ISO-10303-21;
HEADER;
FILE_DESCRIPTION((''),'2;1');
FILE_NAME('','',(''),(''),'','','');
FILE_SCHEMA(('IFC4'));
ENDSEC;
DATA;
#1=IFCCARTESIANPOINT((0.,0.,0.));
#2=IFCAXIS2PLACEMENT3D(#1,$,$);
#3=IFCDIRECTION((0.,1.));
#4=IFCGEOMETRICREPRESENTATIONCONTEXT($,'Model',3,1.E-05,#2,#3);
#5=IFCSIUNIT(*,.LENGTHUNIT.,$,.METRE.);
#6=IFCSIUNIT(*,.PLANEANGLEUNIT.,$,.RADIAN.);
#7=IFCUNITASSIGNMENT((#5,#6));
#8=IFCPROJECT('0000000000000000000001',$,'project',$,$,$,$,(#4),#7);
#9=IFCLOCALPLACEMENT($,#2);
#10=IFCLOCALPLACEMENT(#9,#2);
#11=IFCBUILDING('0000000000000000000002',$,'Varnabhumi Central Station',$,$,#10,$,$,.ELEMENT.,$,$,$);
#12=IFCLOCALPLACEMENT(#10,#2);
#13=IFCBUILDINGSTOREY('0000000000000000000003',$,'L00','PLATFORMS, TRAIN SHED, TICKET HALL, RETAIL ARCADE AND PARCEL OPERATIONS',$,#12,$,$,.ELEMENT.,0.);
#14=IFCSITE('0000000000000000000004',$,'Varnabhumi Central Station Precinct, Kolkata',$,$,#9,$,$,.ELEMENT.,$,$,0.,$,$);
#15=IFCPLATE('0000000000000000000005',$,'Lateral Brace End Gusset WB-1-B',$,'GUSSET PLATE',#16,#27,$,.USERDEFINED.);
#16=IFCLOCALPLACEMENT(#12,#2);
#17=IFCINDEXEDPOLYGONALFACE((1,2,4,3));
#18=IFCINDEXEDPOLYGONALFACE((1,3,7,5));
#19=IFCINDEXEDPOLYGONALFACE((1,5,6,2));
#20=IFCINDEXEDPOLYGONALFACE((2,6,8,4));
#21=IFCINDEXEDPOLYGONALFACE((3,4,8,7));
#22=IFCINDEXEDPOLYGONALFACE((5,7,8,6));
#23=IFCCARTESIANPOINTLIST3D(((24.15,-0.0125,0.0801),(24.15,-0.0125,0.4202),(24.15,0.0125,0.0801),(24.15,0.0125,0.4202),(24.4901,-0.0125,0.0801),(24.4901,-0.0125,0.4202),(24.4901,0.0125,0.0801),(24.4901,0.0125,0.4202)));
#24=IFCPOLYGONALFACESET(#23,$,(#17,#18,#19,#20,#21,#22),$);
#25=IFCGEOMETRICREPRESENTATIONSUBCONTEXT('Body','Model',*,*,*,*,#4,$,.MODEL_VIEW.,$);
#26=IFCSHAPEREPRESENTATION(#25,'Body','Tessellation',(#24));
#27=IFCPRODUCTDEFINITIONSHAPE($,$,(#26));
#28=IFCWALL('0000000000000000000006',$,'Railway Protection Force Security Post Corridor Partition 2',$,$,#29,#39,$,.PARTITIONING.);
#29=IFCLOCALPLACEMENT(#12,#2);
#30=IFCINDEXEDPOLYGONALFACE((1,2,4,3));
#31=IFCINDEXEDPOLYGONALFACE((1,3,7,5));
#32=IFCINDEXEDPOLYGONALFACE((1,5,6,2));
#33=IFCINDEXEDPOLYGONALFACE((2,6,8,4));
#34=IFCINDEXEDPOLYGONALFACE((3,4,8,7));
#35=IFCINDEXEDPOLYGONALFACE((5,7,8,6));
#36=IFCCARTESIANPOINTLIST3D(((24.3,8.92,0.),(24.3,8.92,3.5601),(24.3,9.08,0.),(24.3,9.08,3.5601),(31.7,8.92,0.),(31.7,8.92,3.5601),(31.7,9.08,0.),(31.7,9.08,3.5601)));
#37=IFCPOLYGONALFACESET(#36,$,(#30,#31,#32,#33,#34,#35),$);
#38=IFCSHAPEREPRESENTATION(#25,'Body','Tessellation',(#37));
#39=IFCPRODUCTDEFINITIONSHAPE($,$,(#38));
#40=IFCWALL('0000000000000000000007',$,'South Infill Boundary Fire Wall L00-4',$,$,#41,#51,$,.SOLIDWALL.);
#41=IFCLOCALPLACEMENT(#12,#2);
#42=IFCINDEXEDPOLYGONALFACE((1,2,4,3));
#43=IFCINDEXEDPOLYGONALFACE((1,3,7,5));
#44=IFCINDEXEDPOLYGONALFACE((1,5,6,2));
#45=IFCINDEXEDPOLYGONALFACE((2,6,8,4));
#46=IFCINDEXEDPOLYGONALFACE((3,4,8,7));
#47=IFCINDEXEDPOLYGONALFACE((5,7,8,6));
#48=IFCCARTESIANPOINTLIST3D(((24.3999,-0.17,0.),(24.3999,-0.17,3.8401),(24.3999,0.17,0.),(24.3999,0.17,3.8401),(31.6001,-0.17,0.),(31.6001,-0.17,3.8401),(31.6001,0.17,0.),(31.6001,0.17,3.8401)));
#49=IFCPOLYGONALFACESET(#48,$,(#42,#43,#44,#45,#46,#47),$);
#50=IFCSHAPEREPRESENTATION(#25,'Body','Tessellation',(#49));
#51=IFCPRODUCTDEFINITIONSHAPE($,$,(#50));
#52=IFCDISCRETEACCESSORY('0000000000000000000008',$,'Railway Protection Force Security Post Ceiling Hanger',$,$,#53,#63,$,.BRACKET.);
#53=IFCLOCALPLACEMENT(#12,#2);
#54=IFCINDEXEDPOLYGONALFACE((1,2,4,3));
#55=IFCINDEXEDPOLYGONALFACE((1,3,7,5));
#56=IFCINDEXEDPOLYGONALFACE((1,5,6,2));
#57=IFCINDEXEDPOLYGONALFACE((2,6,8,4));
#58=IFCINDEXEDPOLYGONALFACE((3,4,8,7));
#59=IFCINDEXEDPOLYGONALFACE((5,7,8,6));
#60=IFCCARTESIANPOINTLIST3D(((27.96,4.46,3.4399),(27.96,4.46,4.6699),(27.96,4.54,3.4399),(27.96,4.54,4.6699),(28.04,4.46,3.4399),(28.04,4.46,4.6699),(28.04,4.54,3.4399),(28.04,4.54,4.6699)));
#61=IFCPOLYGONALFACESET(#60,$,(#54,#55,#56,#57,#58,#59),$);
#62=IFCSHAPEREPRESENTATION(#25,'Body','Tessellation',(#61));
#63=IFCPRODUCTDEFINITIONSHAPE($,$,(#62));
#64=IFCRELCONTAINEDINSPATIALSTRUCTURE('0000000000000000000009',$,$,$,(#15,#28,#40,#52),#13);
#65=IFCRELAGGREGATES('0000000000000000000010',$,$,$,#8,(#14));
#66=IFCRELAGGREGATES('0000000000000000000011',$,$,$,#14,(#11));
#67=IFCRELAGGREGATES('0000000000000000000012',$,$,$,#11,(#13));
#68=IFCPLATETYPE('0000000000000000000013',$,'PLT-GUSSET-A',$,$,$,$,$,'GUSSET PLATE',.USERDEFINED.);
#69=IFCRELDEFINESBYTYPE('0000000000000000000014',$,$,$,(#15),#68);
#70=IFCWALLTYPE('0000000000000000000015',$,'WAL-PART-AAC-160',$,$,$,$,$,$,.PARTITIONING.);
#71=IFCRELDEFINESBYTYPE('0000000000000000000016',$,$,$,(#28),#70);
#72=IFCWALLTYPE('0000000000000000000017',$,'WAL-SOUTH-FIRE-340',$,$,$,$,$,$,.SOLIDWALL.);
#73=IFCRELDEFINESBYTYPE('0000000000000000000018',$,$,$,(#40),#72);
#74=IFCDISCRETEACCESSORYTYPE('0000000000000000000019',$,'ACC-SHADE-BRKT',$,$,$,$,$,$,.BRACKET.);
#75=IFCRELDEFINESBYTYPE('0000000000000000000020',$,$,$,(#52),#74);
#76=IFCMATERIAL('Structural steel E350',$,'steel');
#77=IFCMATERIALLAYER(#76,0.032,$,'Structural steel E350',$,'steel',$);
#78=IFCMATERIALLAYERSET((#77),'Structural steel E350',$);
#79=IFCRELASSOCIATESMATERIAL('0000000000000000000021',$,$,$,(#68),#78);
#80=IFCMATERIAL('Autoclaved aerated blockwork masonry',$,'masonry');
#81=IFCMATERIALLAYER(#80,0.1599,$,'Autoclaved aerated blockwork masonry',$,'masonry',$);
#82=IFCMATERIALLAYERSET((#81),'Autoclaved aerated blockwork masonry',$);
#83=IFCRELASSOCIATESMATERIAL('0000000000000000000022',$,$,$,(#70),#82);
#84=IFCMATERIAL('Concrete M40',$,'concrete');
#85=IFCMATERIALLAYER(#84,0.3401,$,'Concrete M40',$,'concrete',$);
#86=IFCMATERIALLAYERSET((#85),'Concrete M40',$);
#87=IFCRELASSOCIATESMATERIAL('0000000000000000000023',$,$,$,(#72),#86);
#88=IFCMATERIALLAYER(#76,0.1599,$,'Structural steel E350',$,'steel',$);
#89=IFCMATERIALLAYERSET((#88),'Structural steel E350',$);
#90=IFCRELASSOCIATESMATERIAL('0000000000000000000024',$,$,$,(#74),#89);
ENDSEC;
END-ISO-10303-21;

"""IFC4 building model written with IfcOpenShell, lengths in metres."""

from ifc_helpers import new_model, si_unit, direction, frame, frame_2d, origin, origin_2d, place, context, subcontext, project, spatial, rectangle, extrude, material, layer, layer_set, type_object, element, save


model = new_model("IFC4")

# Units and contexts
model_context = context("Model", 3, precision=1e-05, world=origin(), true_north=direction((0.0, 1.0)))
body_context = subcontext(model_context, "Body", "Model", "MODEL_VIEW")
ifc_project = project(units=[si_unit("LENGTHUNIT", "METRE"), si_unit("PLANEANGLEUNIT", "RADIAN")], contexts=[model_context])

# Site, building, storey
site_placement = place(None, origin())
site = spatial("IfcSite", under=ifc_project, at=site_placement, Name="Varnabhumi Central Station Precinct, Kolkata", CompositionType="ELEMENT", RefElevation=0.0)
building_placement = place(site_placement, origin())
building = spatial("IfcBuilding", under=site, at=building_placement, Name="Varnabhumi Central Station", CompositionType="ELEMENT")
storey_placement = place(building_placement, origin())
storey = spatial("IfcBuildingStorey", under=building, at=storey_placement, Name="L00", Description="PLATFORMS, TRAIN SHED, TICKET HALL, RETAIL ARCADE AND PARCEL OPERATIONS", CompositionType="ELEMENT", Elevation=0.0)

# Shared definitions
ifc_material_1 = material(Name="Concrete M40", Category="concrete")

# Shared definitions
ifc_material_2 = material(Name="Structural steel E350", Category="steel")

# Plate
ifc_layer_1 = layer(ifc_material_2, 0.032, Name="Structural steel E350", Category="steel")
ifc_layer_set_1 = layer_set([ifc_layer_1], Name="Structural steel E350")
plate_type = type_object("IfcPlateType", Name="PLT-GUSSET-A", ElementType="GUSSET PLATE", PredefinedType="USERDEFINED", material=ifc_layer_set_1)
plate_placement = place(storey_placement, frame((24.3201, 0.0, 0.0801), z_axis=(0.0, 0.0, 1.0), x_axis=(1.0, 0.0, 0.0)))
element("IfcPlate", 1, at=plate_placement, inside=storey, type_object=plate_type, Name="Lateral Brace End Gusset WB-1-B", ObjectType="GUSSET PLATE", PredefinedType="USERDEFINED", context=body_context, shape_type="SweptSolid", body=[
    extrude(rectangle(XDim=0.3401, YDim=0.0249, at=origin_2d()), origin(), (0.0, 0.0, 1.0), 0.3401),
])

# Walls
ifc_material_3 = material(Name="Autoclaved aerated blockwork masonry", Category="masonry")
ifc_layer_2 = layer(ifc_material_3, 0.1599, Name="Autoclaved aerated blockwork masonry", Category="masonry")
ifc_layer_set_2 = layer_set([ifc_layer_2], Name="Autoclaved aerated blockwork masonry")
wall_type_1 = type_object("IfcWallType", Name="WAL-PART-AAC-160", PredefinedType="PARTITIONING", material=ifc_layer_set_2)
wall_1_placement = place(storey_placement, frame((24.3, 9.0, 0.0), z_axis=(0.0, 0.0, 1.0), x_axis=(1.0, 0.0, 0.0)))
element("IfcWall", 2, at=wall_1_placement, inside=storey, type_object=wall_type_1, Name="Railway Protection Force Security Post Corridor Partition 2", PredefinedType="PARTITIONING", context=body_context, shape_type="SweptSolid", body=[
    extrude(rectangle(XDim=7.3999, YDim=0.1599, at=frame_2d((3.7, 0.0))), origin(), (0.0, 0.0, 1.0), 3.5601),
])
ifc_layer_3 = layer(ifc_material_1, 0.3401, Name="Concrete M40", Category="concrete")
ifc_layer_set_3 = layer_set([ifc_layer_3], Name="Concrete M40")
wall_type_2 = type_object("IfcWallType", Name="WAL-SOUTH-FIRE-340", PredefinedType="SOLIDWALL", material=ifc_layer_set_3)
wall_2_placement = place(storey_placement, frame((24.3999, 0.0, 0.0), z_axis=(0.0, 0.0, 1.0), x_axis=(1.0, 0.0, 0.0)))
element("IfcWall", 3, at=wall_2_placement, inside=storey, type_object=wall_type_2, Name="South Infill Boundary Fire Wall L00-4", PredefinedType="SOLIDWALL", context=body_context, shape_type="SweptSolid", body=[
    extrude(rectangle(XDim=7.2002, YDim=0.3401, at=frame_2d((3.6001, 0.0))), origin(), (0.0, 0.0, 1.0), 3.8401),
])

# Discrete accessory
ifc_layer_4 = layer(ifc_material_2, 0.1599, Name="Structural steel E350", Category="steel")
ifc_layer_set_4 = layer_set([ifc_layer_4], Name="Structural steel E350")
discrete_accessory_type = type_object("IfcDiscreteAccessoryType", Name="ACC-SHADE-BRKT", PredefinedType="BRACKET", material=ifc_layer_set_4)
discrete_accessory_placement = place(storey_placement, frame((28.0, 4.5, 3.4399), z_axis=(0.0, 0.0, 1.0), x_axis=(1.0, 0.0, 0.0)))
element("IfcDiscreteAccessory", 4, at=discrete_accessory_placement, inside=storey, type_object=discrete_accessory_type, Name="Railway Protection Force Security Post Ceiling Hanger", PredefinedType="BRACKET", context=body_context, shape_type="SweptSolid", body=[
    extrude(rectangle(XDim=0.0801, YDim=0.0801, at=origin_2d()), origin(), (0.0, 0.0, 1.0), 1.23),
])

save(model, "model.ifc")
